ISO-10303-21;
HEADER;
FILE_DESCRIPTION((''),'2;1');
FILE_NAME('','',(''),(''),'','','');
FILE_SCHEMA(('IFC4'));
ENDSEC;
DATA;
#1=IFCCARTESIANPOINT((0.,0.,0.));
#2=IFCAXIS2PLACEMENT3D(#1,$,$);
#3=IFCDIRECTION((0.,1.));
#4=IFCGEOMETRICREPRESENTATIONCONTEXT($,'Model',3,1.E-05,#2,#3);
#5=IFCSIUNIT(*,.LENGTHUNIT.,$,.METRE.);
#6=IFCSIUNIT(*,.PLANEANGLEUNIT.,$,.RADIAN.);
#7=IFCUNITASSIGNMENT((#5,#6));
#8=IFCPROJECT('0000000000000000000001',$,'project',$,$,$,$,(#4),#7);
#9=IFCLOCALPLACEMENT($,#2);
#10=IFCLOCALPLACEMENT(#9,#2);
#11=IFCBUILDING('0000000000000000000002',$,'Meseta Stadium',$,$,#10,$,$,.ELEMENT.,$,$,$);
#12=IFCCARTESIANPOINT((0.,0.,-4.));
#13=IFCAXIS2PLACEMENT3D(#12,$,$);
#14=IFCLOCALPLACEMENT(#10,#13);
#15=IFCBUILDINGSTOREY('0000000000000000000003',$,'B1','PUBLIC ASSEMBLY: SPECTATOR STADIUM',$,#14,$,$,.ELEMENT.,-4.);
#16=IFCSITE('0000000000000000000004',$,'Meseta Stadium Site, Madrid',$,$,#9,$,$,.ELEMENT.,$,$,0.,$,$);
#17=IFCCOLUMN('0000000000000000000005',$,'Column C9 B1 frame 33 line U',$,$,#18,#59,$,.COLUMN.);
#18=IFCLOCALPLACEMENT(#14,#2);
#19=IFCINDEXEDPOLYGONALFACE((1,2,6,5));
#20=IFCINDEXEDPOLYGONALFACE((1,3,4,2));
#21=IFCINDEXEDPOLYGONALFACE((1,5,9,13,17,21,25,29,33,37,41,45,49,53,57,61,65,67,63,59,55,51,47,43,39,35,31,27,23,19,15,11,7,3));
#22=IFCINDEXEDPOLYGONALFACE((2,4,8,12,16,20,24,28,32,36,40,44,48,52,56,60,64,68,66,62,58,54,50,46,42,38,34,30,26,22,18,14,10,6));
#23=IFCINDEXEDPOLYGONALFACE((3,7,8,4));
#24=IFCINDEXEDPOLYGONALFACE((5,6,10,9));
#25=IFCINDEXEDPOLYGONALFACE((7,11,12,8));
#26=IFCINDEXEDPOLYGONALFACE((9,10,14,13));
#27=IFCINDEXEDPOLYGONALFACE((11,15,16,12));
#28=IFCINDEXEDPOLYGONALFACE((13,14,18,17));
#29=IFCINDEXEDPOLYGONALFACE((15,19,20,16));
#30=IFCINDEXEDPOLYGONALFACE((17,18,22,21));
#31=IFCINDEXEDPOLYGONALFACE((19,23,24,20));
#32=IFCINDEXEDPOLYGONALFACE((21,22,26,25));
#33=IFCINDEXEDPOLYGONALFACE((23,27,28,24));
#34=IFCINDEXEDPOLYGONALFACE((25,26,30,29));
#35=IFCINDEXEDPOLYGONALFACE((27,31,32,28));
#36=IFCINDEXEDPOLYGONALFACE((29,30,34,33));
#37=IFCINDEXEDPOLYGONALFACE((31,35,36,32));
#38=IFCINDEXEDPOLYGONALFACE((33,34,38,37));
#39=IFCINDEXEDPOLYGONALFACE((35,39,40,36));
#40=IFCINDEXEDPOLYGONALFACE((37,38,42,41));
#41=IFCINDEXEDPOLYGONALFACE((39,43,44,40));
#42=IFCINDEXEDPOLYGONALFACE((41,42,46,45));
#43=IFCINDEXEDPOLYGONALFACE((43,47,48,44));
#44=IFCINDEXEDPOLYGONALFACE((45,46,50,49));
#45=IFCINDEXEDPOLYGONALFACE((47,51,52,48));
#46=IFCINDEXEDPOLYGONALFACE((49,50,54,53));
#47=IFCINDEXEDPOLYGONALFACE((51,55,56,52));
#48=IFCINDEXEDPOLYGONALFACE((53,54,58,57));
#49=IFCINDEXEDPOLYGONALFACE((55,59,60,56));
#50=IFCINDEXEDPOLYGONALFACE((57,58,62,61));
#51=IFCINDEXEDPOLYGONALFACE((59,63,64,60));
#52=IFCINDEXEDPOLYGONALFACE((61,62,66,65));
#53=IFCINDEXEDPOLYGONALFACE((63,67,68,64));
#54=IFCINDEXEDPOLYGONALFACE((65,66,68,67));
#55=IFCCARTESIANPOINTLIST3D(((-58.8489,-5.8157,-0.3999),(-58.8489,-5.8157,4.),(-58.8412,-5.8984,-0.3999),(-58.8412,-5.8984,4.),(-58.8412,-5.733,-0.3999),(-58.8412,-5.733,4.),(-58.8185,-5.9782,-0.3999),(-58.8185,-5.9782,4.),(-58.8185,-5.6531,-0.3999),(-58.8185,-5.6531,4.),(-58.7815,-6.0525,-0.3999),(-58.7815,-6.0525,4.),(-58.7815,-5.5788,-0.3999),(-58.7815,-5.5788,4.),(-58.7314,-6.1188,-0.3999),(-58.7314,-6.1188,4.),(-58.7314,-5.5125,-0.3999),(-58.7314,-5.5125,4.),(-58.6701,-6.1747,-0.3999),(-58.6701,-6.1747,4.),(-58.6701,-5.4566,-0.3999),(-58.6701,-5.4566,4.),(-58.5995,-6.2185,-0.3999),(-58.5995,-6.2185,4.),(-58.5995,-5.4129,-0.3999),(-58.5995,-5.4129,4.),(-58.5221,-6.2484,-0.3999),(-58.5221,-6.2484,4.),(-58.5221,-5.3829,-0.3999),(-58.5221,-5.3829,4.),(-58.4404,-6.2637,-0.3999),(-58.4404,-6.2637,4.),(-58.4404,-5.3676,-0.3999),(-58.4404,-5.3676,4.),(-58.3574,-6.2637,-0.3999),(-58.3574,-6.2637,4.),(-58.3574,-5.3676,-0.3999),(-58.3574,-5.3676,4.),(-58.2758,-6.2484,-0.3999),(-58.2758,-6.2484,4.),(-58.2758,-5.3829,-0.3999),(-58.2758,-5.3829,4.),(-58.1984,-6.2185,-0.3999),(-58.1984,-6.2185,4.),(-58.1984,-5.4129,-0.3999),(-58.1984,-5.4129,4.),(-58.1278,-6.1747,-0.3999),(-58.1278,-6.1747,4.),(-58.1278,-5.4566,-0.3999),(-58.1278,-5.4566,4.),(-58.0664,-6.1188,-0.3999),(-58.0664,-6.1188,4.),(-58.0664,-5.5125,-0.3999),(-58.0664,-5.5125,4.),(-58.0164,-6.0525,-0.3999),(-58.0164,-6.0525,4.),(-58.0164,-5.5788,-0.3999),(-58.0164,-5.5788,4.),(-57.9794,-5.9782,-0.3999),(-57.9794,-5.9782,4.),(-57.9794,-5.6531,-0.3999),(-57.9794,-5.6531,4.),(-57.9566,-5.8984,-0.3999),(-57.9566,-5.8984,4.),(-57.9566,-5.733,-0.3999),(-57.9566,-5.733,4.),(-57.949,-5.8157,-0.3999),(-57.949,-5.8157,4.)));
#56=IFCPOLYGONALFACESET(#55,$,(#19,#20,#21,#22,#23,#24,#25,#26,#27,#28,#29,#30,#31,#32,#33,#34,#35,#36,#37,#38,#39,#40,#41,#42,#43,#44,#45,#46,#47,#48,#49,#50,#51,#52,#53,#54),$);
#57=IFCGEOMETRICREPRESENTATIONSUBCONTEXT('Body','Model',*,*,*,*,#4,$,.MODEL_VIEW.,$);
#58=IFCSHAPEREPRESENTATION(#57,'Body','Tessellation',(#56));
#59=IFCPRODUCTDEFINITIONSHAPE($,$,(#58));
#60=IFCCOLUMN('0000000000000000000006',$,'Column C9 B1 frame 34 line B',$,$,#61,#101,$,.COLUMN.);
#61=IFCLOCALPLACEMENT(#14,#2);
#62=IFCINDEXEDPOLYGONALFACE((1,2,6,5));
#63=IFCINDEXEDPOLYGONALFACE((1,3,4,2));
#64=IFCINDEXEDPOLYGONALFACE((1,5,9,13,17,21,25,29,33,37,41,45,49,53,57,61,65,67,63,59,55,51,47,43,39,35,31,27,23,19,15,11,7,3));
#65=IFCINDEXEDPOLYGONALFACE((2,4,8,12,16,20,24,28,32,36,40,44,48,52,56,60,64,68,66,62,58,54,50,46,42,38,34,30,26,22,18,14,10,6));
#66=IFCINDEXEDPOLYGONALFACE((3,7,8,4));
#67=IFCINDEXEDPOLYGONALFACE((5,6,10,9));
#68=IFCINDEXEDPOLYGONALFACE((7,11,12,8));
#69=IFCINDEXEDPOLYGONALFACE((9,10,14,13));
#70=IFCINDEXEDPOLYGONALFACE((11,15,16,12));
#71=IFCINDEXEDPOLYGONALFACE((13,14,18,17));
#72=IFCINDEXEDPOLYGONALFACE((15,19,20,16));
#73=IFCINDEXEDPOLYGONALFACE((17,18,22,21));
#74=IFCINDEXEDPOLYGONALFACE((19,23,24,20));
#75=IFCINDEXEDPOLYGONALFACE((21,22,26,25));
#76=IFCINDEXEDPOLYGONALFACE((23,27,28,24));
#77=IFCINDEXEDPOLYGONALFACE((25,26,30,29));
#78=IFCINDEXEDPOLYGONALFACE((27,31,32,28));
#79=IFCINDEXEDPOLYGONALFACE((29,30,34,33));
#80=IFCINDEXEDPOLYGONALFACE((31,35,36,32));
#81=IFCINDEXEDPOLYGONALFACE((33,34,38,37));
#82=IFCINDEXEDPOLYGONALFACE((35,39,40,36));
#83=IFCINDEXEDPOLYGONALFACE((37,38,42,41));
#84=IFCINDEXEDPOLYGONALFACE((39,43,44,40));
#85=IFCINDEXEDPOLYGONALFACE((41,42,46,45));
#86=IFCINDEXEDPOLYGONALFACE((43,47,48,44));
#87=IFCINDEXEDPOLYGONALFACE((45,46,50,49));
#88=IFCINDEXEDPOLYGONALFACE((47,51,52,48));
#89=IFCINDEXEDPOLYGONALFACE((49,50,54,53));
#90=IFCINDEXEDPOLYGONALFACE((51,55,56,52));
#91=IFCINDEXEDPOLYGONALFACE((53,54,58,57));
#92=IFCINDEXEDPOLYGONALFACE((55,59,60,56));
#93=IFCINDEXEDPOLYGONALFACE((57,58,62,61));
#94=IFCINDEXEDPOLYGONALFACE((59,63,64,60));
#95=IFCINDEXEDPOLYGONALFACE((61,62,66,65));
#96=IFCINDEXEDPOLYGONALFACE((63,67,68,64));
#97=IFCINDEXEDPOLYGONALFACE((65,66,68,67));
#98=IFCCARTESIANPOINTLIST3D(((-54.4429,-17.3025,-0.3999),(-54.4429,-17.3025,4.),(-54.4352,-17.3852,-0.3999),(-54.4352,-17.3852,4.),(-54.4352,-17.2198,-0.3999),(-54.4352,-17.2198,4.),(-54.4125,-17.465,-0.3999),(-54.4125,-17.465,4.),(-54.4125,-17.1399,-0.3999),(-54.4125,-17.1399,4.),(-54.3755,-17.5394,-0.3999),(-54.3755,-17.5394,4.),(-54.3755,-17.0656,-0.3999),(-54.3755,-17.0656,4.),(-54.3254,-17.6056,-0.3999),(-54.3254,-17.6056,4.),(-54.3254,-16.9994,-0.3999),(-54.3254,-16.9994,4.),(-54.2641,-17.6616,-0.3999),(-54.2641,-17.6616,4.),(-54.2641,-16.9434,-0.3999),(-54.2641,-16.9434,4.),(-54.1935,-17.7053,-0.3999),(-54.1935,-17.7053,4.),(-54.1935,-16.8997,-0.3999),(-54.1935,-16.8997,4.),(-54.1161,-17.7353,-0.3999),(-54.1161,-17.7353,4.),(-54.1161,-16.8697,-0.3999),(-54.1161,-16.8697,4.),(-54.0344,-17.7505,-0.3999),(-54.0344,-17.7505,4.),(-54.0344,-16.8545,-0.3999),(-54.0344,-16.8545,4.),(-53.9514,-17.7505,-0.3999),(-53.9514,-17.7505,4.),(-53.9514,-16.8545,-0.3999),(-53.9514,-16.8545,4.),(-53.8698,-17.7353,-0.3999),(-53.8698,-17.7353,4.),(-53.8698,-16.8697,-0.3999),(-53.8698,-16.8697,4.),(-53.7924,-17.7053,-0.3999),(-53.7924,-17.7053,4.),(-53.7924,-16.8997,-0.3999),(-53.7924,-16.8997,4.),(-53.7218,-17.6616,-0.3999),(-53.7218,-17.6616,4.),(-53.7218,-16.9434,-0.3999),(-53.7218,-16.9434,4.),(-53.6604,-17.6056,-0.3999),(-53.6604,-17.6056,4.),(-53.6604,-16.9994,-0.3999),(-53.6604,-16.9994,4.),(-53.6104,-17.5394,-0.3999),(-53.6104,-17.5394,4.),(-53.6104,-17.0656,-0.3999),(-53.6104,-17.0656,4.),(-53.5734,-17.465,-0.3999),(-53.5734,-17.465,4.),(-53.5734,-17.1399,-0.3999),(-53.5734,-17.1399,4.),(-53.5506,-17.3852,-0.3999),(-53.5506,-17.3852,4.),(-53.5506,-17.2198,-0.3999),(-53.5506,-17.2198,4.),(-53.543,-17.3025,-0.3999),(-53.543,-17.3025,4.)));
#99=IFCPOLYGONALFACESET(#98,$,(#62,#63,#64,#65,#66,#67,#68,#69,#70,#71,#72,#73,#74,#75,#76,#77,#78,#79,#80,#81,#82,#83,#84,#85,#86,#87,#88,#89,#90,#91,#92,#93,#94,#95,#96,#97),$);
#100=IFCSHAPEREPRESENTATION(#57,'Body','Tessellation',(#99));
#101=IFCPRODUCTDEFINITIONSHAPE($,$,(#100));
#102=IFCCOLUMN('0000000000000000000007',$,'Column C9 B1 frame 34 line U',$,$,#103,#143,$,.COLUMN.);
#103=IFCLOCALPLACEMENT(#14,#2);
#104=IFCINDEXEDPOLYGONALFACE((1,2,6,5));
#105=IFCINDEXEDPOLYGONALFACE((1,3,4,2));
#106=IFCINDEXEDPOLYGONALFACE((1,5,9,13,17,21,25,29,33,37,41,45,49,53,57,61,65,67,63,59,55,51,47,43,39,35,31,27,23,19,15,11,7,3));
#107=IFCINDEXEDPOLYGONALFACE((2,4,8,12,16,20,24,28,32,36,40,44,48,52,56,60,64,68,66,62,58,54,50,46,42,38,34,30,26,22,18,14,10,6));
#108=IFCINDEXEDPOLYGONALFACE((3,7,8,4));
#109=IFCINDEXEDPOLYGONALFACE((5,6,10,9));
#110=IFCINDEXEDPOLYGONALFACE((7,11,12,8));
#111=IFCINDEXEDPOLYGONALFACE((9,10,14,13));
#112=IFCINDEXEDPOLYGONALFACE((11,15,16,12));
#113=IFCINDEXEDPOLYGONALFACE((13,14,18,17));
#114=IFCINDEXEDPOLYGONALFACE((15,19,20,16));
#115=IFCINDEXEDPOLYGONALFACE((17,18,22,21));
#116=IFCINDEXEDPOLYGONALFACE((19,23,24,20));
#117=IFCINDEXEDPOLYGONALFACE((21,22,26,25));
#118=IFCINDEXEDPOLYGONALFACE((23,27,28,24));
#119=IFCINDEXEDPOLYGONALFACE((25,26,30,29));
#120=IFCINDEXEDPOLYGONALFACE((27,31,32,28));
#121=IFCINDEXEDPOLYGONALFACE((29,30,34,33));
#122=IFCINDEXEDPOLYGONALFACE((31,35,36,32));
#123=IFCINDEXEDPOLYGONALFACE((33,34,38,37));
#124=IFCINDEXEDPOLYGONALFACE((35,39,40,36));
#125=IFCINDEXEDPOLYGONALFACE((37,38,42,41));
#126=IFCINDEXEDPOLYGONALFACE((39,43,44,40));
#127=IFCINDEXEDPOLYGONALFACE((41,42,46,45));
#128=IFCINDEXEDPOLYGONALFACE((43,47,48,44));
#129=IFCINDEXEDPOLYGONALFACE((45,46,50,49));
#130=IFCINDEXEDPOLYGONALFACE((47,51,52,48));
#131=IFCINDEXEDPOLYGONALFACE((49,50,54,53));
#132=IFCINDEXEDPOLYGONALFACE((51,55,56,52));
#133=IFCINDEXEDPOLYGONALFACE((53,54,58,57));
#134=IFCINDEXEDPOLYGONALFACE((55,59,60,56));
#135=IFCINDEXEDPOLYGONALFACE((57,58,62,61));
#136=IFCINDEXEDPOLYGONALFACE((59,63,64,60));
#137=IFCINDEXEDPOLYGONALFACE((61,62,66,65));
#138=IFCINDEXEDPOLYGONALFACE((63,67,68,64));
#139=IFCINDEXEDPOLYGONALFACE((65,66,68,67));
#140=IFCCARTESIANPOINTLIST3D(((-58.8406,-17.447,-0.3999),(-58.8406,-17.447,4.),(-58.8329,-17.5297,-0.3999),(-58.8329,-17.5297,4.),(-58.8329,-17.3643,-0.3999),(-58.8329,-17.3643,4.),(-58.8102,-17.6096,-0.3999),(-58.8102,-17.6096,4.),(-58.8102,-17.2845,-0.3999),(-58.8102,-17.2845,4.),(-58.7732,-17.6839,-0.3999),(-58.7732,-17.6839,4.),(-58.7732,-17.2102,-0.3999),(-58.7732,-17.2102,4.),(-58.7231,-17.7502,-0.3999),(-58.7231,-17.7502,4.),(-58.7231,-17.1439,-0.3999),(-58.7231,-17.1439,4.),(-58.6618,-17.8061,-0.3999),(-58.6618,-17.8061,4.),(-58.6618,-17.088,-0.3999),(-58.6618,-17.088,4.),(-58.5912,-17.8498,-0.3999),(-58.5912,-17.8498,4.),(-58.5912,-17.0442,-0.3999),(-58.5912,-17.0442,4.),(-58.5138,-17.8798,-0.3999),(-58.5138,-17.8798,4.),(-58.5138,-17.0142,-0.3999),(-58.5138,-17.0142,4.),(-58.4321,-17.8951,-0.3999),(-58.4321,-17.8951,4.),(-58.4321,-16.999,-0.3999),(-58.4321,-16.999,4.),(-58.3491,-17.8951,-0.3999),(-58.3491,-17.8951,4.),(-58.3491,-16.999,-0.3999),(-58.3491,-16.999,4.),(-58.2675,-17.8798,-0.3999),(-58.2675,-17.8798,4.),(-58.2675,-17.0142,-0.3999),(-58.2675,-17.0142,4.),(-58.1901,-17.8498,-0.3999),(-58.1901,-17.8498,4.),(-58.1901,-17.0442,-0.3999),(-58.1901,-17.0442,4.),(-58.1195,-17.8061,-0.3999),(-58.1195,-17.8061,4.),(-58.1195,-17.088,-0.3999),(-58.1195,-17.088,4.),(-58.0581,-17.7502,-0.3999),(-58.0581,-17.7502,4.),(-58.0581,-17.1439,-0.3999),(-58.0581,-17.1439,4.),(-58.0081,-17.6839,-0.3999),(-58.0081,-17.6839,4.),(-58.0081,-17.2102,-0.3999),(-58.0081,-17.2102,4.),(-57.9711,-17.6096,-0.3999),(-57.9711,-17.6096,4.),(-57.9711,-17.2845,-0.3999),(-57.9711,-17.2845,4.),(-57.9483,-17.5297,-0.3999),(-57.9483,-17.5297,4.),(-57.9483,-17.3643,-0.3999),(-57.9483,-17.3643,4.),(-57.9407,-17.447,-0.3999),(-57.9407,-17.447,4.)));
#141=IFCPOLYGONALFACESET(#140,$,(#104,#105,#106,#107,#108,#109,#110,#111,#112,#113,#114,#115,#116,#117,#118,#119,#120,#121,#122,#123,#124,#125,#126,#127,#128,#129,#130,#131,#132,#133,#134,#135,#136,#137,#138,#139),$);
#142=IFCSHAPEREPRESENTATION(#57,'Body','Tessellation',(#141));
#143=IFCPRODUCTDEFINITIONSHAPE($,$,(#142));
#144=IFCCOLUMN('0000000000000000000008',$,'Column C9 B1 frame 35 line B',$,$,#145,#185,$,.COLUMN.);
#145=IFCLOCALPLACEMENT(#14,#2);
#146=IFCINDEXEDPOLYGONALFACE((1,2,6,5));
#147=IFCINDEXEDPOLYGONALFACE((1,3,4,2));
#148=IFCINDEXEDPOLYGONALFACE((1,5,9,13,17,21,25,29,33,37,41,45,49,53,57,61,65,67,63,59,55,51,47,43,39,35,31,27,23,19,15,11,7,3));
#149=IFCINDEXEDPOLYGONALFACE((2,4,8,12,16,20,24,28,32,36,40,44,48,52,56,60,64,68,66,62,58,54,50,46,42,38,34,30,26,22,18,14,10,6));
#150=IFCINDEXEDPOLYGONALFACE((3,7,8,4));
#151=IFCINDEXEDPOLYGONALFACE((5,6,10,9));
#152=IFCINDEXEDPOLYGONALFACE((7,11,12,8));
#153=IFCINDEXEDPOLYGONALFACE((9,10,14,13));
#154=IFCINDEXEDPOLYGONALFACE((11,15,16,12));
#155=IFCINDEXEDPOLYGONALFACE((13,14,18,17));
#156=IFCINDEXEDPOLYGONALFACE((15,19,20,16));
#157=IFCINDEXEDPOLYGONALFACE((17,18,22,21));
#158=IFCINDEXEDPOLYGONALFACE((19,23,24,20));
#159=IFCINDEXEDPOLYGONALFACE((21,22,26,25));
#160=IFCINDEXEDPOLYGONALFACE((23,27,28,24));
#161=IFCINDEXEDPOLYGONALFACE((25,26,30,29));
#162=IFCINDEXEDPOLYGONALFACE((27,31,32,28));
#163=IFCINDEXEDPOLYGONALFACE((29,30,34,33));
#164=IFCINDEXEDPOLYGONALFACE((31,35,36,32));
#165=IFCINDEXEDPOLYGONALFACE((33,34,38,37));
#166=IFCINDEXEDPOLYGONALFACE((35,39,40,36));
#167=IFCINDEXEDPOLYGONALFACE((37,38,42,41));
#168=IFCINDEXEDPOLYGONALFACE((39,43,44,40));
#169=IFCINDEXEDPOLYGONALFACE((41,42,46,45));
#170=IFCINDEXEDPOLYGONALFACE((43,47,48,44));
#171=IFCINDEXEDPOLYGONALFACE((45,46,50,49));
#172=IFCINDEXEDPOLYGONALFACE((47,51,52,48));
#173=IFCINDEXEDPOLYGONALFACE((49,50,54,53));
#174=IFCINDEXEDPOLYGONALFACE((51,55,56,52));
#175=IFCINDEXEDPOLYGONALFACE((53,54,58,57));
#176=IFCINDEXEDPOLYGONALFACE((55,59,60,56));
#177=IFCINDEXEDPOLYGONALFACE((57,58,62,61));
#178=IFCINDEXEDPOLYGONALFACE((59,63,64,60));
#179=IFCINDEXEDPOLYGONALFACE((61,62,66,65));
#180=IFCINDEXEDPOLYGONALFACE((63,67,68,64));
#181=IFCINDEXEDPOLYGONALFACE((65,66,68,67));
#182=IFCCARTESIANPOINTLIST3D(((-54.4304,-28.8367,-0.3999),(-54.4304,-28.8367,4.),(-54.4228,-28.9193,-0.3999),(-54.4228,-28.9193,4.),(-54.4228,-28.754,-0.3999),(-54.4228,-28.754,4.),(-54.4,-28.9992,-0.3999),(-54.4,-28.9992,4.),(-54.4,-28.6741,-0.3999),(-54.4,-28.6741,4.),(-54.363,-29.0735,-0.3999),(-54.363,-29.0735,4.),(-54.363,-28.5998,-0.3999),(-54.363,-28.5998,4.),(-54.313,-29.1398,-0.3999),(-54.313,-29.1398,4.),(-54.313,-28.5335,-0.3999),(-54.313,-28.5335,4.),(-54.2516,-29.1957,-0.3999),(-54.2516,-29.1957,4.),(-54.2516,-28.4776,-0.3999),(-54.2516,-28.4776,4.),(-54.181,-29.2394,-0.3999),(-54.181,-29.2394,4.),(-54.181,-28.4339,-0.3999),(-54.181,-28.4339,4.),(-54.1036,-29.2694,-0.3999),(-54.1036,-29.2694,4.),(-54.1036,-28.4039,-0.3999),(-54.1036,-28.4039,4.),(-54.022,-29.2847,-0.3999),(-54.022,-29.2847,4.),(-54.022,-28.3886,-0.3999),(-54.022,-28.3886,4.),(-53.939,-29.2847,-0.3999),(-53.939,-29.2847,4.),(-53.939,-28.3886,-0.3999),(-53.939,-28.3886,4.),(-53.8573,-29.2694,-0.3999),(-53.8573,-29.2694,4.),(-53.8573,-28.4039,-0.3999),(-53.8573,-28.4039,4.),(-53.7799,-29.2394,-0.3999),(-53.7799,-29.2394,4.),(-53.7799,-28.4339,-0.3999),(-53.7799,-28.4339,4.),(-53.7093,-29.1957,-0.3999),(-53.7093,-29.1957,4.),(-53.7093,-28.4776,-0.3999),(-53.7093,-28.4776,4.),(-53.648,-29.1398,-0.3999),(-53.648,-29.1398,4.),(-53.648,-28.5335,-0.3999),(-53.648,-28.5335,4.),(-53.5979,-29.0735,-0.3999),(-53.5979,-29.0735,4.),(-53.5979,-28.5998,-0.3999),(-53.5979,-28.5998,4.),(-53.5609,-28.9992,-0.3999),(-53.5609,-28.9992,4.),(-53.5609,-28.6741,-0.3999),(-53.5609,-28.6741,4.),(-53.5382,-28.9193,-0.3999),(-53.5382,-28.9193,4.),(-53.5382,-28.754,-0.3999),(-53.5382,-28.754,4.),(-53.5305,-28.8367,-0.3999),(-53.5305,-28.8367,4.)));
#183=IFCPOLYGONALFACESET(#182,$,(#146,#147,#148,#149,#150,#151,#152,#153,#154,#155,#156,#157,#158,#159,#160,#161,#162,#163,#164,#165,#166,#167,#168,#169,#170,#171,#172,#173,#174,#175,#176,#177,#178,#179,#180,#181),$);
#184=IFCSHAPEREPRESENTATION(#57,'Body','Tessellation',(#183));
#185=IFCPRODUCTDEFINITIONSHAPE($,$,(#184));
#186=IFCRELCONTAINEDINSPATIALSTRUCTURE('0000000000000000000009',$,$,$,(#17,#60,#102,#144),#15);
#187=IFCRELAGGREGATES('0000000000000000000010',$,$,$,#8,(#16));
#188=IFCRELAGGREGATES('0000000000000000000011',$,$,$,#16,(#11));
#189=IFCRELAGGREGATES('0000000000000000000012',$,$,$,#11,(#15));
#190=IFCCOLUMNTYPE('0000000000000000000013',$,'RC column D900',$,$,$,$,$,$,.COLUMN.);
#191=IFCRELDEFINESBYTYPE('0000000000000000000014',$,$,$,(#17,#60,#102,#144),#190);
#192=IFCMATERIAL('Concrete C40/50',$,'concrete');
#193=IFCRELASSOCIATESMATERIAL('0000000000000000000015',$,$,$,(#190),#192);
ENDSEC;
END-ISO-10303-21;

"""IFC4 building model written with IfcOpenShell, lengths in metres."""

from ifc_helpers import new_model, si_unit, direction, frame, origin, origin_2d, place, context, subcontext, project, spatial, circle, extrude, material, material_profile, profile_set, type_object, element, save


model = new_model("IFC4")

# Units and contexts
model_context = context("Model", 3, precision=1e-05, world=origin(), true_north=direction((0.0, 1.0)))
body_context = subcontext(model_context, "Body", "Model", "MODEL_VIEW")
ifc_project = project(units=[si_unit("LENGTHUNIT", "METRE"), si_unit("PLANEANGLEUNIT", "RADIAN")], contexts=[model_context])

# Site, building, storey
site_placement = place(None, origin())
site = spatial("IfcSite", under=ifc_project, at=site_placement, Name="Meseta Stadium Site, Madrid", CompositionType="ELEMENT", RefElevation=0.0)
building_placement = place(site_placement, origin())
building = spatial("IfcBuilding", under=site, at=building_placement, Name="Meseta Stadium", CompositionType="ELEMENT")
storey_placement = place(building_placement, frame((0.0, 0.0, -4.0)))
storey = spatial("IfcBuildingStorey", under=building, at=storey_placement, Name="B1", Description="PUBLIC ASSEMBLY: SPECTATOR STADIUM", CompositionType="ELEMENT", Elevation=-4.0)

# Columns
ifc_material_1 = material(Name="Concrete C40/50", Category="concrete")
ifc_material_profile_1 = material_profile(ifc_material_1, circle(Radius=0.45, at=origin_2d()), Name="RC D900")
ifc_profile_set_1 = profile_set([ifc_material_profile_1], Name="Concrete C40/50")
column_type_1 = type_object("IfcColumnType", Name="RC column D900", PredefinedType="COLUMN", material=ifc_profile_set_1)
for number, where, z_axis, x_axis, name in (
    (1, (-58.3989, -5.8157, -0.3999), (0.0, 0.0, 1.0), (1.0, 0.0, 0.0), "Column C9 B1 frame 33 line U"),
    (2, (-53.9929, -17.3025, -0.3999), (0.0, 0.0, 1.0), (1.0, 0.0, 0.0), "Column C9 B1 frame 34 line B"),
    (3, (-58.3906, -17.447, -0.3999), (0.0, 0.0, 1.0), (1.0, 0.0, 0.0), "Column C9 B1 frame 34 line U"),
    (4, (-53.9805, -28.8367, -0.3999), (0.0, 0.0, 1.0), (1.0, 0.0, 0.0), "Column C9 B1 frame 35 line B"),
):
    element("IfcColumn", number, at=place(storey_placement, frame(where, z_axis=z_axis, x_axis=x_axis)), inside=storey, type_object=column_type_1, Name=name, PredefinedType="COLUMN", context=body_context, shape_type="SweptSolid", body=[
        extrude(circle(Radius=0.45, at=origin_2d()), origin(), (0.0, 0.0, 1.0), 4.3999),
    ])

save(model, "model.ifc")
